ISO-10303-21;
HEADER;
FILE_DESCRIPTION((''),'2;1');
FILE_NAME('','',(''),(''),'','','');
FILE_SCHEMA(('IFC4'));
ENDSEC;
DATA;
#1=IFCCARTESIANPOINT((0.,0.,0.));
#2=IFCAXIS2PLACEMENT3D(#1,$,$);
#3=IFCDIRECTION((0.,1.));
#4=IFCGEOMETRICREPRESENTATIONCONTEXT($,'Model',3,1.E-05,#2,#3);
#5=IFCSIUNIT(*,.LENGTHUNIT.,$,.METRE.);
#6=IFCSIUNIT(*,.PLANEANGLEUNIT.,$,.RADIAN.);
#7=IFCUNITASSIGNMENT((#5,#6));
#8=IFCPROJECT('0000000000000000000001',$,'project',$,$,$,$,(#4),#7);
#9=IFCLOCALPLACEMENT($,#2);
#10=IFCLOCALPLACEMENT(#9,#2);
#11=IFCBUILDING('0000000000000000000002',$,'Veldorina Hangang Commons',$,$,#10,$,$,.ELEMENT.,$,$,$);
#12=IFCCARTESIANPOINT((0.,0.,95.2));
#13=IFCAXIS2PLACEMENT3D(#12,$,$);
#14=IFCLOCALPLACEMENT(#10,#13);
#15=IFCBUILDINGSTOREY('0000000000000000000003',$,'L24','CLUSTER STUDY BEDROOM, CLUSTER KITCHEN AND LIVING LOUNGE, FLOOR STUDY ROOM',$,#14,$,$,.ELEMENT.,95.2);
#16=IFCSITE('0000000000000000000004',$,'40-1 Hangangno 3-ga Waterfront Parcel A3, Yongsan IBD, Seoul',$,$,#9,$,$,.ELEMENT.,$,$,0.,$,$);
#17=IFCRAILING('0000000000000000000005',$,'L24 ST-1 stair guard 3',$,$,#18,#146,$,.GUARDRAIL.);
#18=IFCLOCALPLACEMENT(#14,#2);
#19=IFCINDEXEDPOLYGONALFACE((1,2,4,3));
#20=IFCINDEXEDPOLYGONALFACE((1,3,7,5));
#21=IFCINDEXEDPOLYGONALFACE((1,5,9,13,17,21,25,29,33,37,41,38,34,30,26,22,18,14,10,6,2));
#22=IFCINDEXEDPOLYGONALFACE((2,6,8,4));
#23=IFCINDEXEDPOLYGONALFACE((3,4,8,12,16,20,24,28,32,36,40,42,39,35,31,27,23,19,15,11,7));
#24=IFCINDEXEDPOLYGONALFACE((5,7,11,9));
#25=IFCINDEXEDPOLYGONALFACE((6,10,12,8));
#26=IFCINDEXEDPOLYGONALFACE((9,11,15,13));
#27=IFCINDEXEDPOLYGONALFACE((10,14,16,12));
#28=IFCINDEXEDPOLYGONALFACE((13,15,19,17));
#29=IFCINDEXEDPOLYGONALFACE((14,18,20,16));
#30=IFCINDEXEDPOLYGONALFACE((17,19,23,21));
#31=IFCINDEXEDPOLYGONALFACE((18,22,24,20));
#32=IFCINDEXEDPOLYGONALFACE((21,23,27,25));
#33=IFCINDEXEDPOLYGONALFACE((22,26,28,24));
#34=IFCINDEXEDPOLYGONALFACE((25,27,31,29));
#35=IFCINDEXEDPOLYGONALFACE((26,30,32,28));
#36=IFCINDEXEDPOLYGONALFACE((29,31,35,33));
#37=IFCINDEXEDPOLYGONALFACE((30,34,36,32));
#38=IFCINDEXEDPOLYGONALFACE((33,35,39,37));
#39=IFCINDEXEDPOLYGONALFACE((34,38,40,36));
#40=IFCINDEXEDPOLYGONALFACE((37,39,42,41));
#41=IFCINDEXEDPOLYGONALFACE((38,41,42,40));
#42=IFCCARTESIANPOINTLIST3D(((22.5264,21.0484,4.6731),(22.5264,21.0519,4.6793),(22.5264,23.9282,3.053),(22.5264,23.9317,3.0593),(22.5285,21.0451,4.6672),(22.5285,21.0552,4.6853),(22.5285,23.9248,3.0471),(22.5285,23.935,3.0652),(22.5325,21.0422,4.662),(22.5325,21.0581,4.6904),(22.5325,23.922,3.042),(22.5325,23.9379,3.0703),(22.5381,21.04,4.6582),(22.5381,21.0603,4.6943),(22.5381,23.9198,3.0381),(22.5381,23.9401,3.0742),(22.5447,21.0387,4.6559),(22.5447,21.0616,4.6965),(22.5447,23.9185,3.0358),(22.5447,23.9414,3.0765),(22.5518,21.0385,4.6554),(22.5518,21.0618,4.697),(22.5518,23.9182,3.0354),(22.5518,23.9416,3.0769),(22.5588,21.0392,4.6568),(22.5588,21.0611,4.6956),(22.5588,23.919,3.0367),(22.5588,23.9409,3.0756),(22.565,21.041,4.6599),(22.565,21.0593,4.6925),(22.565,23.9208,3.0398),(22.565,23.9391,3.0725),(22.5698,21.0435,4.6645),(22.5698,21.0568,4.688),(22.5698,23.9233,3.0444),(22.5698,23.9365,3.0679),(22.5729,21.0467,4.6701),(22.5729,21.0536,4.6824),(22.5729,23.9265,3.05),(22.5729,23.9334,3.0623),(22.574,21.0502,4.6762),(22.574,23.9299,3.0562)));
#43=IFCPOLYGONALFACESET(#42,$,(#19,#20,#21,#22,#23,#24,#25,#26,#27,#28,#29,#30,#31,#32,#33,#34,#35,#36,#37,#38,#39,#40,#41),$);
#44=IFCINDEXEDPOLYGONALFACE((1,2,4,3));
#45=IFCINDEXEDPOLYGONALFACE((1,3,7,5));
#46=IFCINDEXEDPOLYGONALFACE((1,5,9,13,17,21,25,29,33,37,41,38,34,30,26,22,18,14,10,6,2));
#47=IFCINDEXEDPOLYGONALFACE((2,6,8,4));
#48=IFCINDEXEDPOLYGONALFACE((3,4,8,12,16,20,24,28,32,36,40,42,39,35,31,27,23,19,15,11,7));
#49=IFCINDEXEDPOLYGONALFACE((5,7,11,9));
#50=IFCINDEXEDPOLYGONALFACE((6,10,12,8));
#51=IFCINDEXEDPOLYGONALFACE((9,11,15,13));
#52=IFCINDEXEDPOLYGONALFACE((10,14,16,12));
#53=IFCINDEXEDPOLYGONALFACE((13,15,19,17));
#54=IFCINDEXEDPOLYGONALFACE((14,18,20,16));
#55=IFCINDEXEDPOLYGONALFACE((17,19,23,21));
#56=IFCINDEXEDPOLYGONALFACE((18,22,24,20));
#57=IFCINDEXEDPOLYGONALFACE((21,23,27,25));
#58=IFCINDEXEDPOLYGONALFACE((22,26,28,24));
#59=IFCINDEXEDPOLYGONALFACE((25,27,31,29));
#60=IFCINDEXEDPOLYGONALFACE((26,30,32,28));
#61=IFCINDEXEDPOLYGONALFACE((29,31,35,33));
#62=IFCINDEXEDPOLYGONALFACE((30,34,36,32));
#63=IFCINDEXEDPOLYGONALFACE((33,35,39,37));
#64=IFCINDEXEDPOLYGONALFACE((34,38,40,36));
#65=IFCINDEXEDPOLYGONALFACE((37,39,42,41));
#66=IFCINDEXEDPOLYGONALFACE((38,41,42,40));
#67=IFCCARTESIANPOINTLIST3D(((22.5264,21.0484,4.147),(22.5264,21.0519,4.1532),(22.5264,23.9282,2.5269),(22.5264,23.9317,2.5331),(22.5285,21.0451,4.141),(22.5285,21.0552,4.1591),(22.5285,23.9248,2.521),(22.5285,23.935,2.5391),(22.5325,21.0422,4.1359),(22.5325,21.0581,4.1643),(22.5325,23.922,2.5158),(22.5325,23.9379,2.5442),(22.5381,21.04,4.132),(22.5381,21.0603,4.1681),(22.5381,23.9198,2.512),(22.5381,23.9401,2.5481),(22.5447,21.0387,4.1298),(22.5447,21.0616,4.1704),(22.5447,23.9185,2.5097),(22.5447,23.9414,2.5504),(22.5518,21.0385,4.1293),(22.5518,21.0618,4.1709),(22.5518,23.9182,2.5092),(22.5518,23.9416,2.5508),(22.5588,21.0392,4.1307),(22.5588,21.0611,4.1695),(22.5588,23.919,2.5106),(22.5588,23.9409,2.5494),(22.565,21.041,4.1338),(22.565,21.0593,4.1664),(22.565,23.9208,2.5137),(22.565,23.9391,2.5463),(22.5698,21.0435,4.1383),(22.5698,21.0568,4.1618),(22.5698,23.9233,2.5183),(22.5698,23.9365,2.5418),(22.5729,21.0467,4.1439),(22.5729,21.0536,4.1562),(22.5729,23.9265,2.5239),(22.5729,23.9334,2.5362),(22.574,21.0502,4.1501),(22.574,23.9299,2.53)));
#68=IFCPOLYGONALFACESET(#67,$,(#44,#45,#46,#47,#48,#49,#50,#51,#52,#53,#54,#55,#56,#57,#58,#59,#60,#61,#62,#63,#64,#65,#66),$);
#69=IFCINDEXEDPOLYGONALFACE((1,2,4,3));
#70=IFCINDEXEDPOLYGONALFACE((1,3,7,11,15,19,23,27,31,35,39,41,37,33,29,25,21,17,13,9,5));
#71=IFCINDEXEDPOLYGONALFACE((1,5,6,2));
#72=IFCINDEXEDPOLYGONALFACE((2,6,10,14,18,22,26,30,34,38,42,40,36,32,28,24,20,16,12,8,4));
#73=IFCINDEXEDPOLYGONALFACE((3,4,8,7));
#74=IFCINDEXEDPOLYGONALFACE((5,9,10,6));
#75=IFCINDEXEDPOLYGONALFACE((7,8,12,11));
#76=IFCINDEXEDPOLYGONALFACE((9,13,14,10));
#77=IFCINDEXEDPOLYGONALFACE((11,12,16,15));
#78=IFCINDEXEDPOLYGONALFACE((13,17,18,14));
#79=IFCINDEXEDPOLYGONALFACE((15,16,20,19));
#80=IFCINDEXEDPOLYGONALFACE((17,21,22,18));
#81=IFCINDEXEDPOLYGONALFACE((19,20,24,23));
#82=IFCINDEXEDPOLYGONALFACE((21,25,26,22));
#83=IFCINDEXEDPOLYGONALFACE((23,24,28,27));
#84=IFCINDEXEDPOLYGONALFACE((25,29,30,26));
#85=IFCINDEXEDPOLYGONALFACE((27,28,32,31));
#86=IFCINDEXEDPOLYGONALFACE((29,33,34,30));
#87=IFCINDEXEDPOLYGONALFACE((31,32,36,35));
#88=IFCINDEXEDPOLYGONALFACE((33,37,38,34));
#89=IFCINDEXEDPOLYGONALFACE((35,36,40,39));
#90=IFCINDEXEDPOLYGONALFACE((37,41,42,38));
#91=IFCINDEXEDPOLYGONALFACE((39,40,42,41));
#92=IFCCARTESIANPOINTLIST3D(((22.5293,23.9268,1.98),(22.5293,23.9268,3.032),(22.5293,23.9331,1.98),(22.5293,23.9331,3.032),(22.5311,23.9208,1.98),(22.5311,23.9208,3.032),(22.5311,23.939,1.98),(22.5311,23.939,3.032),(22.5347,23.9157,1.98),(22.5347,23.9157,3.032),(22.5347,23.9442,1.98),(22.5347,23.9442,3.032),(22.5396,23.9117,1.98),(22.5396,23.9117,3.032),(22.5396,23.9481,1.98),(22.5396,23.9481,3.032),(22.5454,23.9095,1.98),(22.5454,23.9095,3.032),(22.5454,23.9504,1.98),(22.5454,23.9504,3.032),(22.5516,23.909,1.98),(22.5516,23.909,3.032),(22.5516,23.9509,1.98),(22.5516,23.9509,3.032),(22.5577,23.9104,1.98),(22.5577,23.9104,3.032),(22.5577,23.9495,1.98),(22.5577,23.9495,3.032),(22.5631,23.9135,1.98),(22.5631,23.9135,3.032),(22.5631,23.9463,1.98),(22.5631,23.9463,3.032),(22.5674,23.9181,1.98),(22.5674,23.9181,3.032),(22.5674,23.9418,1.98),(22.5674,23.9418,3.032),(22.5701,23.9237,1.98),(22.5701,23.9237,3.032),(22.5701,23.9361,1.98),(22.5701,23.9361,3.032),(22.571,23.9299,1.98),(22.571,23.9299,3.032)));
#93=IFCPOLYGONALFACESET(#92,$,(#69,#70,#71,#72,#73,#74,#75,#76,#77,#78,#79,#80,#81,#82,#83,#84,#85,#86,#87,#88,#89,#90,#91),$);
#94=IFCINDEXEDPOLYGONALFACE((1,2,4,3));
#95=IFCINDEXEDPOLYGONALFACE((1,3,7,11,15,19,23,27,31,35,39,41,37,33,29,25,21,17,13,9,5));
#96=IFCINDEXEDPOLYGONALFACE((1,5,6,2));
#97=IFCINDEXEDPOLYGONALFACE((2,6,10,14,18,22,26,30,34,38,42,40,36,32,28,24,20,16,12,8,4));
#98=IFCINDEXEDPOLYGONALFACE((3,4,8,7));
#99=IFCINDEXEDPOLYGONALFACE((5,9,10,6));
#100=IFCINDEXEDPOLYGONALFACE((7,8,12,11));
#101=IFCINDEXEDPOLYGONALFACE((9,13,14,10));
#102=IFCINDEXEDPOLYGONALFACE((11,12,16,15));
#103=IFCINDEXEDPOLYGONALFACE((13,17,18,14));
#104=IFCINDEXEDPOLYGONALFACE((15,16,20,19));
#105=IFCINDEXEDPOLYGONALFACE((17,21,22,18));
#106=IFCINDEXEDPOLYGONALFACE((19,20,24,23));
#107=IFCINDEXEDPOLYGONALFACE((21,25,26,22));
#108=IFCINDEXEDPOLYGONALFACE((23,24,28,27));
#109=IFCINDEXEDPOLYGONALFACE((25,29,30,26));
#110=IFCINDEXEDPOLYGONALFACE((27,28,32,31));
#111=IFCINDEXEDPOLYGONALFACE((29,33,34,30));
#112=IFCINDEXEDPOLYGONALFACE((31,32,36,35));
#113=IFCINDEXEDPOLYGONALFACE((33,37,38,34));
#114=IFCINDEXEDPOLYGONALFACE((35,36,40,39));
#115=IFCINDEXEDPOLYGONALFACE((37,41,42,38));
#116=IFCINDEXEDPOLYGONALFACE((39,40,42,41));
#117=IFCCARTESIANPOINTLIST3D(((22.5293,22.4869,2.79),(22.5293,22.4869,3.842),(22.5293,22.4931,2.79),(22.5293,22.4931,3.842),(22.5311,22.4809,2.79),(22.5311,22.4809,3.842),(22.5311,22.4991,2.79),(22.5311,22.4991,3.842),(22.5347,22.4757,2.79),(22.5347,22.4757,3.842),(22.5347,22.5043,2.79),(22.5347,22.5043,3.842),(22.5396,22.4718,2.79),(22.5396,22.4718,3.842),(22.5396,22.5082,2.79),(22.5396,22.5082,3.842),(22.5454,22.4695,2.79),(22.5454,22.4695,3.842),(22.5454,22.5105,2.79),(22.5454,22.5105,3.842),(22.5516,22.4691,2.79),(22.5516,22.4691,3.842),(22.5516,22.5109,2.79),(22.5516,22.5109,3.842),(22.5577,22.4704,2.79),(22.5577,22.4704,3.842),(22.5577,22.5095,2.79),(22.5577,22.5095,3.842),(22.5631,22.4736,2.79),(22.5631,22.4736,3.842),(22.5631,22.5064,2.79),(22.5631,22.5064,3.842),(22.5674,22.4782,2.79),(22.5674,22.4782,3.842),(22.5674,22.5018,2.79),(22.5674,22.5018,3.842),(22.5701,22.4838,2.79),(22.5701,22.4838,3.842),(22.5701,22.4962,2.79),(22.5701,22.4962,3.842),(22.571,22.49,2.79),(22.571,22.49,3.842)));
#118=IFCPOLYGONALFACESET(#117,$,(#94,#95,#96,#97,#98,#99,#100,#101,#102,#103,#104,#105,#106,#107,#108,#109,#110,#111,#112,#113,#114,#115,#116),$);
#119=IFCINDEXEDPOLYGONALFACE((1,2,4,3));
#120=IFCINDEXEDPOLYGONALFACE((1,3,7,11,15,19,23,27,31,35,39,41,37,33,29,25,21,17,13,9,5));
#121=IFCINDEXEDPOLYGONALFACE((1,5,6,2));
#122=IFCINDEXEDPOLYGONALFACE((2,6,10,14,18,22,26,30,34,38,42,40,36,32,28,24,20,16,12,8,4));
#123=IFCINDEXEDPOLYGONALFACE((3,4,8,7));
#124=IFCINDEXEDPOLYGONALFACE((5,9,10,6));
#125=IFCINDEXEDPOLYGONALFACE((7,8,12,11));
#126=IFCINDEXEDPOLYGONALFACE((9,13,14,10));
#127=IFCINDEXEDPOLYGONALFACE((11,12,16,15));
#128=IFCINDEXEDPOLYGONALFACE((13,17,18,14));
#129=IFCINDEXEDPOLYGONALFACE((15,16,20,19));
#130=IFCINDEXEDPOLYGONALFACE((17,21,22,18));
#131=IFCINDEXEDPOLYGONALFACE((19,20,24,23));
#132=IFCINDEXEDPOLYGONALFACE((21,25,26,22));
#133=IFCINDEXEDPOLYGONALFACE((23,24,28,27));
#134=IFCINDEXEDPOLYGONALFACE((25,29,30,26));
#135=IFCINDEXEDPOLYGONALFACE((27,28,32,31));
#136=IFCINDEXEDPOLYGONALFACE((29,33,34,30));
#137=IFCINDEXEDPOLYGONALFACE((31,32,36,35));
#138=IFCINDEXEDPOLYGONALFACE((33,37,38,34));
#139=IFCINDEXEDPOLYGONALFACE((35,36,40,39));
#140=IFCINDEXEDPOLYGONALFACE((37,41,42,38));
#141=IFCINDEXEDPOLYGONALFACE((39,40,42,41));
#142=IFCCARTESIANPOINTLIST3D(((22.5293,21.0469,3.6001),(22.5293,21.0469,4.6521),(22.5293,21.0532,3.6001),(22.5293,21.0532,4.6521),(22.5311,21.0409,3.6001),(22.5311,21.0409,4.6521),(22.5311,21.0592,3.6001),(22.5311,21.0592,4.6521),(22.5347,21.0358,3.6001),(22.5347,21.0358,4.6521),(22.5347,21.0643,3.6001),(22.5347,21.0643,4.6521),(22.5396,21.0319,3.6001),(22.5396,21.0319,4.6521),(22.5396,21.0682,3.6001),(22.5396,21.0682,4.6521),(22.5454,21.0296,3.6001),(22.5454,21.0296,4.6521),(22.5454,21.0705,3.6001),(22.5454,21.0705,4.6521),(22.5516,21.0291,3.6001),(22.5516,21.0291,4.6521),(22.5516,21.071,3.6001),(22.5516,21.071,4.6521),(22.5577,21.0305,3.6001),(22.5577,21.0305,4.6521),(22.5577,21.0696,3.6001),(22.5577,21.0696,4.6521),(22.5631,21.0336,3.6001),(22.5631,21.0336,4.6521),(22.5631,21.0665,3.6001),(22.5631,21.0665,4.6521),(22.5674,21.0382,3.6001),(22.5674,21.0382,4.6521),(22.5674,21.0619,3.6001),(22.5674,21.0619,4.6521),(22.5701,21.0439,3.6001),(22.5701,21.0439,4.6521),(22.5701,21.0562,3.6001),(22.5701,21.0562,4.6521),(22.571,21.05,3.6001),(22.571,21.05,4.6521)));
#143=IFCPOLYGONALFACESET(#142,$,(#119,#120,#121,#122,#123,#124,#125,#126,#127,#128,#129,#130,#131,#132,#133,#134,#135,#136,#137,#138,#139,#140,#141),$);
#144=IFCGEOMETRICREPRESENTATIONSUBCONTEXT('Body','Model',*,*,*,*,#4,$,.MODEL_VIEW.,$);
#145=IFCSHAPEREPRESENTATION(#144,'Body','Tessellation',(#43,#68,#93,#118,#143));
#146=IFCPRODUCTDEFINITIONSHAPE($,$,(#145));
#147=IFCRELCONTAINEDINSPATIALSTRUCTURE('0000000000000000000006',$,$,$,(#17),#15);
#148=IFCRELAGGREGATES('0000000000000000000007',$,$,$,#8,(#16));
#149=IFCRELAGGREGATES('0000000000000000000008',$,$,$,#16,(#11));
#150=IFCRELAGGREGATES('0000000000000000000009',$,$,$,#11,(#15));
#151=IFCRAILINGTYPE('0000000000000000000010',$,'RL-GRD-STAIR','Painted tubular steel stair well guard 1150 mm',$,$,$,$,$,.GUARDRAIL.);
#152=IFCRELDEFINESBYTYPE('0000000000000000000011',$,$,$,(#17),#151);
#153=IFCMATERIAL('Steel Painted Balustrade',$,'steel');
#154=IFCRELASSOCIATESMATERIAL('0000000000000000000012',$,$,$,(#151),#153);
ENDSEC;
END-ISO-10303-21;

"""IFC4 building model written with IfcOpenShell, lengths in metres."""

from ifc_helpers import new_model, si_unit, direction, frame, origin, origin_2d, place, context, subcontext, project, spatial, circle, extrude, material, type_object, element, save


model = new_model("IFC4")

# Units and contexts
model_context = context("Model", 3, precision=1e-05, world=origin(), true_north=direction((0.0, 1.0)))
body_context = subcontext(model_context, "Body", "Model", "MODEL_VIEW")
ifc_project = project(units=[si_unit("LENGTHUNIT", "METRE"), si_unit("PLANEANGLEUNIT", "RADIAN")], contexts=[model_context])

# Site, building, storey
site_placement = place(None, origin())
site = spatial("IfcSite", under=ifc_project, at=site_placement, Name="40-1 Hangangno 3-ga Waterfront Parcel A3, Yongsan IBD, Seoul", CompositionType="ELEMENT", RefElevation=0.0)
building_placement = place(site_placement, origin())
building = spatial("IfcBuilding", under=site, at=building_placement, Name="Veldorina Hangang Commons", CompositionType="ELEMENT")
storey_placement = place(building_placement, frame((0.0, 0.0, 95.2)))
storey = spatial("IfcBuildingStorey", under=building, at=storey_placement, Name="L24", Description="CLUSTER STUDY BEDROOM, CLUSTER KITCHEN AND LIVING LOUNGE, FLOOR STUDY ROOM", CompositionType="ELEMENT", Elevation=95.2)

# Railing
ifc_material_1 = material(Name="Steel Painted Balustrade", Category="steel")
railing_type_1 = type_object("IfcRailingType", Name="RL-GRD-STAIR", Description="Painted tubular steel stair well guard 1150 mm", PredefinedType="GUARDRAIL", material=ifc_material_1)
railing_1_placement = place(storey_placement, frame((22.55, 23.9299, 1.98)))
element("IfcRailing", 1, at=railing_1_placement, inside=storey, type_object=railing_type_1, Name="L24 ST-1 stair guard 3", PredefinedType="GUARDRAIL", context=body_context, shape_type="SweptSolid", body=[
    extrude(circle(Radius=0.0239, at=origin_2d()), frame((0.0, 0.0, 1.0762), z_axis=(0.0, -0.871552, 0.490303), x_axis=(1.0, 0.0, 0.0)), (0.0, 0.0, 1.0), 3.3042),
    extrude(circle(Radius=0.0239, at=origin_2d()), frame((0.0, 0.0, 0.55), z_axis=(0.0, -0.871552, 0.490303), x_axis=(1.0, 0.0, 0.0)), (0.0, 0.0, 1.0), 3.3042),
    extrude(circle(Radius=0.021, at=origin_2d()), origin(), (0.0, 0.0, 1.0), 1.052),
    extrude(circle(Radius=0.021, at=origin_2d()), frame((0.0, -1.4399, 0.8101)), (0.0, 0.0, 1.0), 1.052),
    extrude(circle(Radius=0.021, at=origin_2d()), frame((0.0, -2.8799, 1.6201)), (0.0, 0.0, 1.0), 1.052),
])

save(model, "model.ifc")
